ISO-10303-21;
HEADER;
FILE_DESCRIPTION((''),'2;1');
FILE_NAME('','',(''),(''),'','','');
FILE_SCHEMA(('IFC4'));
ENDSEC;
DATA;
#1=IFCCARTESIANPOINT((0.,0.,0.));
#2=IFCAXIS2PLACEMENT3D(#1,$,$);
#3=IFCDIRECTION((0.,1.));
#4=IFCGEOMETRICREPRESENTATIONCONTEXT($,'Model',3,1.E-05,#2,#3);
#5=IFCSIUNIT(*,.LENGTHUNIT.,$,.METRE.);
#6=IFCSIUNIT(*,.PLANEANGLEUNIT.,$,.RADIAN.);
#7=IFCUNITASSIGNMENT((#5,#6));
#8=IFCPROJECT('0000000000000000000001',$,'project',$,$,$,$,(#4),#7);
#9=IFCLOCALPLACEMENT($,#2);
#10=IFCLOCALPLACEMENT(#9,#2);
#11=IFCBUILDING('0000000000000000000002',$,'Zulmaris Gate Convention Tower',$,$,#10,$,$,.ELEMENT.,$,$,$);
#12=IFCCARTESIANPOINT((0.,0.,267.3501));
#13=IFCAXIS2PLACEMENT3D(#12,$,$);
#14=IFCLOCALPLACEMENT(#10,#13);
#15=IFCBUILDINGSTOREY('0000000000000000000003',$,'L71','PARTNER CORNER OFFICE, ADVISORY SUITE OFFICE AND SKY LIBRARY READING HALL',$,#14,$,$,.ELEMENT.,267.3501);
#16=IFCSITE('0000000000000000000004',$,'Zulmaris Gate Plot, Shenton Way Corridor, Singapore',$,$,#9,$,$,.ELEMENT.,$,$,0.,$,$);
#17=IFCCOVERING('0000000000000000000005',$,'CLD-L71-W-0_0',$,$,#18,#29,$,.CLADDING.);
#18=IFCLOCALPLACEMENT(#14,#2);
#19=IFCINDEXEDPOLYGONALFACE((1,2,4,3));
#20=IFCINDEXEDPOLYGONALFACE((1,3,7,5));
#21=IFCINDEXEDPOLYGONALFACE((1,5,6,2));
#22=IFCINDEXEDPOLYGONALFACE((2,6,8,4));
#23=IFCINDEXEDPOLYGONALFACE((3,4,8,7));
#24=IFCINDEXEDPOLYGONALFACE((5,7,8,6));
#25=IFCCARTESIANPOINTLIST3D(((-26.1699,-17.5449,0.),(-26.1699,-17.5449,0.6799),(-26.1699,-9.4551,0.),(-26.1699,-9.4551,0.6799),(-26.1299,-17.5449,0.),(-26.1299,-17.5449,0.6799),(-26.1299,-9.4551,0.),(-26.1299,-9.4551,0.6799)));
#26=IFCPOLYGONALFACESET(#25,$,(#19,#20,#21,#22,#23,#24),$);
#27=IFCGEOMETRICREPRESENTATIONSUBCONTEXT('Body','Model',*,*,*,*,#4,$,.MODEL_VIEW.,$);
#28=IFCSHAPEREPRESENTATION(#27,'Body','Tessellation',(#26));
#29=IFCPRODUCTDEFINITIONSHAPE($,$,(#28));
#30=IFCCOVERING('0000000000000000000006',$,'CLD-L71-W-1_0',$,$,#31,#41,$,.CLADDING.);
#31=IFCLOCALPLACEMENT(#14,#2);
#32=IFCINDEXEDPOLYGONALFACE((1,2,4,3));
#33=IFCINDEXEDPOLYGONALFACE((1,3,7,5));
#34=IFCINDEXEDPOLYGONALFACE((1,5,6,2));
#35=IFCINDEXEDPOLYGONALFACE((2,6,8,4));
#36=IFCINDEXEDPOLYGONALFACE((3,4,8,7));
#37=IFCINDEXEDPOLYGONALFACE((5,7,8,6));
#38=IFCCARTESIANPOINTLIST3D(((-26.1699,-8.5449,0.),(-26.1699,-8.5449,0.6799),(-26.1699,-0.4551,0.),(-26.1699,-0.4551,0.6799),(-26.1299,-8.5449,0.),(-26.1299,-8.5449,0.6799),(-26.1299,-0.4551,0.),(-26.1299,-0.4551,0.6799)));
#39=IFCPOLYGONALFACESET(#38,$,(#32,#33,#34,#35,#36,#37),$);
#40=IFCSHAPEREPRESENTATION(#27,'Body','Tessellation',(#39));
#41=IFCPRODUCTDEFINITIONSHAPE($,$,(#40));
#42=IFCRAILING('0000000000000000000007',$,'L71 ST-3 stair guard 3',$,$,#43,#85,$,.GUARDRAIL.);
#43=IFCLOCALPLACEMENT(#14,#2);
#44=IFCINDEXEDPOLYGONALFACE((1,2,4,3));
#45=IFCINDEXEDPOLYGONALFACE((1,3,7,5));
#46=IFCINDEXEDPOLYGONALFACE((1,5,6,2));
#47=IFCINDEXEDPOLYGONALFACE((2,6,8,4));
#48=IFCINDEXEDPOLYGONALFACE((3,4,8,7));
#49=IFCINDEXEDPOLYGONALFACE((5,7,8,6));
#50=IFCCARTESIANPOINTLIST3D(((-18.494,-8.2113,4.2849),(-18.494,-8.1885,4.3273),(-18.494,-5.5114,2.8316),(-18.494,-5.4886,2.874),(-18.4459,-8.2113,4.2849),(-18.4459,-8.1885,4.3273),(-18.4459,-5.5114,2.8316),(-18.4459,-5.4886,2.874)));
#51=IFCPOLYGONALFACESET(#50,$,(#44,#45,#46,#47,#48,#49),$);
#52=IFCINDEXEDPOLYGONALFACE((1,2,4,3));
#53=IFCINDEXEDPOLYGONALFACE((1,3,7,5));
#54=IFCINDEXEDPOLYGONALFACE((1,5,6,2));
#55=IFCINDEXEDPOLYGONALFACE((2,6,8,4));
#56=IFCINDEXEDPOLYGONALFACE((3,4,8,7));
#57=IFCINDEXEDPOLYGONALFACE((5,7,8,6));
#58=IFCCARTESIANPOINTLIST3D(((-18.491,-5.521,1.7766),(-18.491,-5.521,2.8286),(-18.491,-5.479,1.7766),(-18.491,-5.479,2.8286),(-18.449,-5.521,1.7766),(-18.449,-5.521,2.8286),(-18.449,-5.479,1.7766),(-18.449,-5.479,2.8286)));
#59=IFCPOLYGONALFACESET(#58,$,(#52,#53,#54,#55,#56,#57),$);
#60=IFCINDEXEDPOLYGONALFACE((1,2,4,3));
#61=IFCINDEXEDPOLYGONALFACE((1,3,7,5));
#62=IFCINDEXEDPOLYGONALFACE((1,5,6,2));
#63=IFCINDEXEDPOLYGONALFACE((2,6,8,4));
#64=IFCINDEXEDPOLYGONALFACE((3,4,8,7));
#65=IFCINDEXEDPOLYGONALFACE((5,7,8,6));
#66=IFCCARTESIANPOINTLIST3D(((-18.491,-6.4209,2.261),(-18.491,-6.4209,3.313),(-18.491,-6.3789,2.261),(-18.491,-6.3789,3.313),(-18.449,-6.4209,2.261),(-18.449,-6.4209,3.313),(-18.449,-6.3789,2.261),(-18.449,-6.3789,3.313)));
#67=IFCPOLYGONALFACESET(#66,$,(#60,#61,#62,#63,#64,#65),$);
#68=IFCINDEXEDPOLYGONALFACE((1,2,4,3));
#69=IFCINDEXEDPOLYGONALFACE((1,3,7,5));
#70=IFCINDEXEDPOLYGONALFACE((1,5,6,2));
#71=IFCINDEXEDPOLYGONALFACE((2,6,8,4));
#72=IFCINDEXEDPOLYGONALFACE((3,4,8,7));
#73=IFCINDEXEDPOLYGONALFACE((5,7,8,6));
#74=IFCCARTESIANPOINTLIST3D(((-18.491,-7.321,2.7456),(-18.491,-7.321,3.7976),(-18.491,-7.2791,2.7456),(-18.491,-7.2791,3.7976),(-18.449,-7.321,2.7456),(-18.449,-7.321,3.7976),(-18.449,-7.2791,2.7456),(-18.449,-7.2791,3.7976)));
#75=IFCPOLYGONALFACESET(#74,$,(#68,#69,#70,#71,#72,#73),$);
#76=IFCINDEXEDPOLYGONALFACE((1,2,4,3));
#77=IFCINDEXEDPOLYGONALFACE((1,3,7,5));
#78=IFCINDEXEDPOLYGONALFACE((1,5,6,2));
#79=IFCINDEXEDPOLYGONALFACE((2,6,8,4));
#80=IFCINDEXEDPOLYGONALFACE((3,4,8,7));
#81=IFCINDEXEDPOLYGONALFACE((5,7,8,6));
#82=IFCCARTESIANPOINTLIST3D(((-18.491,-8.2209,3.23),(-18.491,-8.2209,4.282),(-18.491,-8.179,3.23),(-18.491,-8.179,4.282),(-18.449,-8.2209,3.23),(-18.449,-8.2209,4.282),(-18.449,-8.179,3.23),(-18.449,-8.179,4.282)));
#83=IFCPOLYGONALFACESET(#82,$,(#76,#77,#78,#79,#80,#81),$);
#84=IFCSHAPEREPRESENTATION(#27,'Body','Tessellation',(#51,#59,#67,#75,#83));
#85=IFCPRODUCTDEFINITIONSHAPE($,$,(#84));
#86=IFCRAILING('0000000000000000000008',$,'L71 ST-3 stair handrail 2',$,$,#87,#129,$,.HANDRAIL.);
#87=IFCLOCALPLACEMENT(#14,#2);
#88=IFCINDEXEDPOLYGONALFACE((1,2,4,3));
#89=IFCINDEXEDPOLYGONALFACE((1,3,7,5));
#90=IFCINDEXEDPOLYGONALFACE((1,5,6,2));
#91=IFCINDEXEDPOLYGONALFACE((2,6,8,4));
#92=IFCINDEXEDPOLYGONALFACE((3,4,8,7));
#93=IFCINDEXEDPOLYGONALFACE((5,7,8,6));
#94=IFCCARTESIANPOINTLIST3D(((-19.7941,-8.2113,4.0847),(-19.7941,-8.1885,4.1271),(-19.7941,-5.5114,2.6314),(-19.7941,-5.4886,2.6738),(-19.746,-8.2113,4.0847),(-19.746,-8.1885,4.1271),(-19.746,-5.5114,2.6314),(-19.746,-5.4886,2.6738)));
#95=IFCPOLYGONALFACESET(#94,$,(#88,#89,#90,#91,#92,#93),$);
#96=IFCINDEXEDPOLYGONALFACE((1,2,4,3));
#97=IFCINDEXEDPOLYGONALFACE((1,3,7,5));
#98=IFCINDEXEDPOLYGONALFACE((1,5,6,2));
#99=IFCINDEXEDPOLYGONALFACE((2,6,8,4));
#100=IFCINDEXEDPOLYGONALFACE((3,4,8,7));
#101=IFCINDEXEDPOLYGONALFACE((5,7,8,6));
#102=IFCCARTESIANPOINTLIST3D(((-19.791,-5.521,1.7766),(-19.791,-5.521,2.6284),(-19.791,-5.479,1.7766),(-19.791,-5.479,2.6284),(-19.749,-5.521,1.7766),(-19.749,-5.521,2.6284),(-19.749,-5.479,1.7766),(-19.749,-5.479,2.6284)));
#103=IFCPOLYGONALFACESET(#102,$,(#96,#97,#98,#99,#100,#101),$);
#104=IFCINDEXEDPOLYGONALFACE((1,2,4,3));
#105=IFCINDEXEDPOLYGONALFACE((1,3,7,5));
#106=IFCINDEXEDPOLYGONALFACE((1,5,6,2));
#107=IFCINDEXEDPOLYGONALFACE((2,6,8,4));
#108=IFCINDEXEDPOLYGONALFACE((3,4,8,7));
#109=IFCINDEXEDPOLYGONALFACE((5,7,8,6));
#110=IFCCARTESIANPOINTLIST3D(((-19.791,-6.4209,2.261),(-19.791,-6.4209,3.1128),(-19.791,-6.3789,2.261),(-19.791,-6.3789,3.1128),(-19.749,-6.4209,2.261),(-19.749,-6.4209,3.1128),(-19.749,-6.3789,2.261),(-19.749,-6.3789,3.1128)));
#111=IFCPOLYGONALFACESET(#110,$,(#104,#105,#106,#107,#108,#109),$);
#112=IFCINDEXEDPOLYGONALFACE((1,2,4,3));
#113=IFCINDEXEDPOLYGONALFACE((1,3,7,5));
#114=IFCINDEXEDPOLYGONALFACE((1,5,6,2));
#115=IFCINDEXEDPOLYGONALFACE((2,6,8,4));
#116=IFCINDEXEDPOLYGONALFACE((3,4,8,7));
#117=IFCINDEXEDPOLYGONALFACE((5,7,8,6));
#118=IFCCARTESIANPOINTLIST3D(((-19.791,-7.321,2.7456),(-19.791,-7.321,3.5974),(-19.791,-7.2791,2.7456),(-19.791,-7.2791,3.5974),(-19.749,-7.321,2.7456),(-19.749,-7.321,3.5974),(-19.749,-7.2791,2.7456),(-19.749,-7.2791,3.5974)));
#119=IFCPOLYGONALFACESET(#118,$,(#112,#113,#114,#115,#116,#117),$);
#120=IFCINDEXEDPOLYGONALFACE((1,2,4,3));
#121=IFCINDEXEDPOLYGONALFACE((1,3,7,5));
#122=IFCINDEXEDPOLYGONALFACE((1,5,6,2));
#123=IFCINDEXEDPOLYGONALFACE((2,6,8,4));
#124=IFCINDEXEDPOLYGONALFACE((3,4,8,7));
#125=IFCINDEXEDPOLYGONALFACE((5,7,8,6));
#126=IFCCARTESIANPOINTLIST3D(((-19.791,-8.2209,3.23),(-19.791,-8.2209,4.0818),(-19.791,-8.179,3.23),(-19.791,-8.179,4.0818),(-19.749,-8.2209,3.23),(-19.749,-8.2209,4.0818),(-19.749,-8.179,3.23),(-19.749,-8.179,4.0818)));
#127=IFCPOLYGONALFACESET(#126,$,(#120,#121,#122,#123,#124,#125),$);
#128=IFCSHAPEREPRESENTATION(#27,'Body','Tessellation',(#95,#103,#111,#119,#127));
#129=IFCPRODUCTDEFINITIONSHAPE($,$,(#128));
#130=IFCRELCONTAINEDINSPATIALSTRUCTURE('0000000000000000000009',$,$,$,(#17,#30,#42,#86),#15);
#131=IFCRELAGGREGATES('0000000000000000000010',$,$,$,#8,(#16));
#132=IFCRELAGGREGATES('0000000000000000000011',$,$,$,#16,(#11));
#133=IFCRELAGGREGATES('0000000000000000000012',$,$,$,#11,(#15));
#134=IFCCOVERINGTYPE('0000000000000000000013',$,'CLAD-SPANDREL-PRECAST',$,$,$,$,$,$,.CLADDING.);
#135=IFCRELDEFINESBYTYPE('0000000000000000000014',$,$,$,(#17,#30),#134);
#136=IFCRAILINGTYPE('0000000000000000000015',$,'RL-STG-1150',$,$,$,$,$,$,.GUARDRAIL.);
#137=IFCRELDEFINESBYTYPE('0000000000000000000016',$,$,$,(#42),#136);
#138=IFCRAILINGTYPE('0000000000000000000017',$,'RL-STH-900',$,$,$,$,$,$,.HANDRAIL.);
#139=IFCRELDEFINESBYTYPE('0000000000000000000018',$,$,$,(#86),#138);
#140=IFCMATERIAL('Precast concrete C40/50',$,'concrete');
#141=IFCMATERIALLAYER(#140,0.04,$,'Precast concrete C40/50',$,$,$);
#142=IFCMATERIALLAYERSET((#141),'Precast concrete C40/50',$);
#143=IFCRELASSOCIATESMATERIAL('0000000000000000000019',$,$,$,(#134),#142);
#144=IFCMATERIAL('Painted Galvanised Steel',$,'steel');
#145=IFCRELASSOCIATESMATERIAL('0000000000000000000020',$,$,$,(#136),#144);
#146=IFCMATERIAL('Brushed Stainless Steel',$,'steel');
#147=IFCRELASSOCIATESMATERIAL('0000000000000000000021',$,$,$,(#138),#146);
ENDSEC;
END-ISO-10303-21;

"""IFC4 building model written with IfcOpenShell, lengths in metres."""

from ifc_helpers import new_model, si_unit, direction, frame, frame_2d, origin, origin_2d, place, context, subcontext, project, spatial, rectangle, extrude, material, layer, layer_set, type_object, element, save


model = new_model("IFC4")

# Units and contexts
model_context = context("Model", 3, precision=1e-05, world=origin(), true_north=direction((0.0, 1.0)))
body_context = subcontext(model_context, "Body", "Model", "MODEL_VIEW")
ifc_project = project(units=[si_unit("LENGTHUNIT", "METRE"), si_unit("PLANEANGLEUNIT", "RADIAN")], contexts=[model_context])

# Site, building, storey
site_placement = place(None, origin())
site = spatial("IfcSite", under=ifc_project, at=site_placement, Name="Zulmaris Gate Plot, Shenton Way Corridor, Singapore", CompositionType="ELEMENT", RefElevation=0.0)
building_placement = place(site_placement, origin())
building = spatial("IfcBuilding", under=site, at=building_placement, Name="Zulmaris Gate Convention Tower", CompositionType="ELEMENT")
storey_placement = place(building_placement, frame((0.0, 0.0, 267.3501)))
storey = spatial("IfcBuildingStorey", under=building, at=storey_placement, Name="L71", Description="PARTNER CORNER OFFICE, ADVISORY SUITE OFFICE AND SKY LIBRARY READING HALL", CompositionType="ELEMENT", Elevation=267.3501)

# Shared definitions
ifc_material_1 = material(Name="Precast concrete C40/50", Category="concrete")

# Coverings
ifc_layer_1 = layer(ifc_material_1, 0.04, Name="Precast concrete C40/50")
ifc_layer_set_1 = layer_set([ifc_layer_1], Name="Precast concrete C40/50")
covering_type = type_object("IfcCoveringType", Name="CLAD-SPANDREL-PRECAST", PredefinedType="CLADDING", material=ifc_layer_set_1)
for number, where, z_axis, x_axis, name in (
    (1, (-26.1499, -9.4551, 0.0), (0.0, 0.0, 1.0), (0.0, -1.0, 0.0), "CLD-L71-W-0_0"),
    (2, (-26.1499, -0.4551, 0.0), (0.0, 0.0, 1.0), (0.0, -1.0, 0.0), "CLD-L71-W-1_0"),
):
    element("IfcCovering", number, at=place(storey_placement, frame(where, z_axis=z_axis, x_axis=x_axis)), inside=storey, type_object=covering_type, Name=name, PredefinedType="CLADDING", context=body_context, shape_type="SweptSolid", body=[
        extrude(rectangle(XDim=8.0898, YDim=0.04, at=frame_2d((4.0449, 0.0))), origin(), (0.0, 0.0, 1.0), 0.6799),
    ])

# Railings
ifc_material_2 = material(Name="Painted Galvanised Steel", Category="steel")
railing_type_1 = type_object("IfcRailingType", Name="RL-STG-1150", PredefinedType="GUARDRAIL", material=ifc_material_2)
railing_1_placement = place(storey_placement, frame((-18.47, -5.5, 1.7766)))
element("IfcRailing", 3, at=railing_1_placement, inside=storey, type_object=railing_type_1, Name="L71 ST-3 stair guard 3", PredefinedType="GUARDRAIL", context=body_context, shape_type="SweptSolid", body=[
    extrude(rectangle(XDim=0.0481, YDim=0.0481, at=origin_2d()), frame((0.0, 0.0, 1.0762), z_axis=(0.0, -0.880532, 0.473986), x_axis=(1.0, 0.0, 0.0)), (0.0, 0.0, 1.0), 3.0662),
    extrude(rectangle(XDim=0.042, YDim=0.042, at=origin_2d()), origin(), (0.0, 0.0, 1.0), 1.052),
    extrude(rectangle(XDim=0.042, YDim=0.042, at=origin_2d()), frame((0.0, -0.8999, 0.4844)), (0.0, 0.0, 1.0), 1.052),
    extrude(rectangle(XDim=0.042, YDim=0.042, at=origin_2d()), frame((0.0, -1.8, 0.969)), (0.0, 0.0, 1.0), 1.052),
    extrude(rectangle(XDim=0.042, YDim=0.042, at=origin_2d()), frame((0.0, -2.7, 1.4534)), (0.0, 0.0, 1.0), 1.052),
])
ifc_material_3 = material(Name="Brushed Stainless Steel", Category="steel")
railing_type_2 = type_object("IfcRailingType", Name="RL-STH-900", PredefinedType="HANDRAIL", material=ifc_material_3)
railing_2_placement = place(storey_placement, frame((-19.77, -5.5, 1.7766)))
element("IfcRailing", 4, at=railing_2_placement, inside=storey, type_object=railing_type_2, Name="L71 ST-3 stair handrail 2", PredefinedType="HANDRAIL", context=body_context, shape_type="SweptSolid", body=[
    extrude(rectangle(XDim=0.0481, YDim=0.0481, at=origin_2d()), frame((0.0, 0.0, 0.876), z_axis=(0.0, -0.880532, 0.473986), x_axis=(1.0, 0.0, 0.0)), (0.0, 0.0, 1.0), 3.0662),
    extrude(rectangle(XDim=0.042, YDim=0.042, at=origin_2d()), origin(), (0.0, 0.0, 1.0), 0.8518),
    extrude(rectangle(XDim=0.042, YDim=0.042, at=origin_2d()), frame((0.0, -0.8999, 0.4844)), (0.0, 0.0, 1.0), 0.8518),
    extrude(rectangle(XDim=0.042, YDim=0.042, at=origin_2d()), frame((0.0, -1.8, 0.969)), (0.0, 0.0, 1.0), 0.8518),
    extrude(rectangle(XDim=0.042, YDim=0.042, at=origin_2d()), frame((0.0, -2.7, 1.4534)), (0.0, 0.0, 1.0), 0.8518),
])

save(model, "model.ifc")
